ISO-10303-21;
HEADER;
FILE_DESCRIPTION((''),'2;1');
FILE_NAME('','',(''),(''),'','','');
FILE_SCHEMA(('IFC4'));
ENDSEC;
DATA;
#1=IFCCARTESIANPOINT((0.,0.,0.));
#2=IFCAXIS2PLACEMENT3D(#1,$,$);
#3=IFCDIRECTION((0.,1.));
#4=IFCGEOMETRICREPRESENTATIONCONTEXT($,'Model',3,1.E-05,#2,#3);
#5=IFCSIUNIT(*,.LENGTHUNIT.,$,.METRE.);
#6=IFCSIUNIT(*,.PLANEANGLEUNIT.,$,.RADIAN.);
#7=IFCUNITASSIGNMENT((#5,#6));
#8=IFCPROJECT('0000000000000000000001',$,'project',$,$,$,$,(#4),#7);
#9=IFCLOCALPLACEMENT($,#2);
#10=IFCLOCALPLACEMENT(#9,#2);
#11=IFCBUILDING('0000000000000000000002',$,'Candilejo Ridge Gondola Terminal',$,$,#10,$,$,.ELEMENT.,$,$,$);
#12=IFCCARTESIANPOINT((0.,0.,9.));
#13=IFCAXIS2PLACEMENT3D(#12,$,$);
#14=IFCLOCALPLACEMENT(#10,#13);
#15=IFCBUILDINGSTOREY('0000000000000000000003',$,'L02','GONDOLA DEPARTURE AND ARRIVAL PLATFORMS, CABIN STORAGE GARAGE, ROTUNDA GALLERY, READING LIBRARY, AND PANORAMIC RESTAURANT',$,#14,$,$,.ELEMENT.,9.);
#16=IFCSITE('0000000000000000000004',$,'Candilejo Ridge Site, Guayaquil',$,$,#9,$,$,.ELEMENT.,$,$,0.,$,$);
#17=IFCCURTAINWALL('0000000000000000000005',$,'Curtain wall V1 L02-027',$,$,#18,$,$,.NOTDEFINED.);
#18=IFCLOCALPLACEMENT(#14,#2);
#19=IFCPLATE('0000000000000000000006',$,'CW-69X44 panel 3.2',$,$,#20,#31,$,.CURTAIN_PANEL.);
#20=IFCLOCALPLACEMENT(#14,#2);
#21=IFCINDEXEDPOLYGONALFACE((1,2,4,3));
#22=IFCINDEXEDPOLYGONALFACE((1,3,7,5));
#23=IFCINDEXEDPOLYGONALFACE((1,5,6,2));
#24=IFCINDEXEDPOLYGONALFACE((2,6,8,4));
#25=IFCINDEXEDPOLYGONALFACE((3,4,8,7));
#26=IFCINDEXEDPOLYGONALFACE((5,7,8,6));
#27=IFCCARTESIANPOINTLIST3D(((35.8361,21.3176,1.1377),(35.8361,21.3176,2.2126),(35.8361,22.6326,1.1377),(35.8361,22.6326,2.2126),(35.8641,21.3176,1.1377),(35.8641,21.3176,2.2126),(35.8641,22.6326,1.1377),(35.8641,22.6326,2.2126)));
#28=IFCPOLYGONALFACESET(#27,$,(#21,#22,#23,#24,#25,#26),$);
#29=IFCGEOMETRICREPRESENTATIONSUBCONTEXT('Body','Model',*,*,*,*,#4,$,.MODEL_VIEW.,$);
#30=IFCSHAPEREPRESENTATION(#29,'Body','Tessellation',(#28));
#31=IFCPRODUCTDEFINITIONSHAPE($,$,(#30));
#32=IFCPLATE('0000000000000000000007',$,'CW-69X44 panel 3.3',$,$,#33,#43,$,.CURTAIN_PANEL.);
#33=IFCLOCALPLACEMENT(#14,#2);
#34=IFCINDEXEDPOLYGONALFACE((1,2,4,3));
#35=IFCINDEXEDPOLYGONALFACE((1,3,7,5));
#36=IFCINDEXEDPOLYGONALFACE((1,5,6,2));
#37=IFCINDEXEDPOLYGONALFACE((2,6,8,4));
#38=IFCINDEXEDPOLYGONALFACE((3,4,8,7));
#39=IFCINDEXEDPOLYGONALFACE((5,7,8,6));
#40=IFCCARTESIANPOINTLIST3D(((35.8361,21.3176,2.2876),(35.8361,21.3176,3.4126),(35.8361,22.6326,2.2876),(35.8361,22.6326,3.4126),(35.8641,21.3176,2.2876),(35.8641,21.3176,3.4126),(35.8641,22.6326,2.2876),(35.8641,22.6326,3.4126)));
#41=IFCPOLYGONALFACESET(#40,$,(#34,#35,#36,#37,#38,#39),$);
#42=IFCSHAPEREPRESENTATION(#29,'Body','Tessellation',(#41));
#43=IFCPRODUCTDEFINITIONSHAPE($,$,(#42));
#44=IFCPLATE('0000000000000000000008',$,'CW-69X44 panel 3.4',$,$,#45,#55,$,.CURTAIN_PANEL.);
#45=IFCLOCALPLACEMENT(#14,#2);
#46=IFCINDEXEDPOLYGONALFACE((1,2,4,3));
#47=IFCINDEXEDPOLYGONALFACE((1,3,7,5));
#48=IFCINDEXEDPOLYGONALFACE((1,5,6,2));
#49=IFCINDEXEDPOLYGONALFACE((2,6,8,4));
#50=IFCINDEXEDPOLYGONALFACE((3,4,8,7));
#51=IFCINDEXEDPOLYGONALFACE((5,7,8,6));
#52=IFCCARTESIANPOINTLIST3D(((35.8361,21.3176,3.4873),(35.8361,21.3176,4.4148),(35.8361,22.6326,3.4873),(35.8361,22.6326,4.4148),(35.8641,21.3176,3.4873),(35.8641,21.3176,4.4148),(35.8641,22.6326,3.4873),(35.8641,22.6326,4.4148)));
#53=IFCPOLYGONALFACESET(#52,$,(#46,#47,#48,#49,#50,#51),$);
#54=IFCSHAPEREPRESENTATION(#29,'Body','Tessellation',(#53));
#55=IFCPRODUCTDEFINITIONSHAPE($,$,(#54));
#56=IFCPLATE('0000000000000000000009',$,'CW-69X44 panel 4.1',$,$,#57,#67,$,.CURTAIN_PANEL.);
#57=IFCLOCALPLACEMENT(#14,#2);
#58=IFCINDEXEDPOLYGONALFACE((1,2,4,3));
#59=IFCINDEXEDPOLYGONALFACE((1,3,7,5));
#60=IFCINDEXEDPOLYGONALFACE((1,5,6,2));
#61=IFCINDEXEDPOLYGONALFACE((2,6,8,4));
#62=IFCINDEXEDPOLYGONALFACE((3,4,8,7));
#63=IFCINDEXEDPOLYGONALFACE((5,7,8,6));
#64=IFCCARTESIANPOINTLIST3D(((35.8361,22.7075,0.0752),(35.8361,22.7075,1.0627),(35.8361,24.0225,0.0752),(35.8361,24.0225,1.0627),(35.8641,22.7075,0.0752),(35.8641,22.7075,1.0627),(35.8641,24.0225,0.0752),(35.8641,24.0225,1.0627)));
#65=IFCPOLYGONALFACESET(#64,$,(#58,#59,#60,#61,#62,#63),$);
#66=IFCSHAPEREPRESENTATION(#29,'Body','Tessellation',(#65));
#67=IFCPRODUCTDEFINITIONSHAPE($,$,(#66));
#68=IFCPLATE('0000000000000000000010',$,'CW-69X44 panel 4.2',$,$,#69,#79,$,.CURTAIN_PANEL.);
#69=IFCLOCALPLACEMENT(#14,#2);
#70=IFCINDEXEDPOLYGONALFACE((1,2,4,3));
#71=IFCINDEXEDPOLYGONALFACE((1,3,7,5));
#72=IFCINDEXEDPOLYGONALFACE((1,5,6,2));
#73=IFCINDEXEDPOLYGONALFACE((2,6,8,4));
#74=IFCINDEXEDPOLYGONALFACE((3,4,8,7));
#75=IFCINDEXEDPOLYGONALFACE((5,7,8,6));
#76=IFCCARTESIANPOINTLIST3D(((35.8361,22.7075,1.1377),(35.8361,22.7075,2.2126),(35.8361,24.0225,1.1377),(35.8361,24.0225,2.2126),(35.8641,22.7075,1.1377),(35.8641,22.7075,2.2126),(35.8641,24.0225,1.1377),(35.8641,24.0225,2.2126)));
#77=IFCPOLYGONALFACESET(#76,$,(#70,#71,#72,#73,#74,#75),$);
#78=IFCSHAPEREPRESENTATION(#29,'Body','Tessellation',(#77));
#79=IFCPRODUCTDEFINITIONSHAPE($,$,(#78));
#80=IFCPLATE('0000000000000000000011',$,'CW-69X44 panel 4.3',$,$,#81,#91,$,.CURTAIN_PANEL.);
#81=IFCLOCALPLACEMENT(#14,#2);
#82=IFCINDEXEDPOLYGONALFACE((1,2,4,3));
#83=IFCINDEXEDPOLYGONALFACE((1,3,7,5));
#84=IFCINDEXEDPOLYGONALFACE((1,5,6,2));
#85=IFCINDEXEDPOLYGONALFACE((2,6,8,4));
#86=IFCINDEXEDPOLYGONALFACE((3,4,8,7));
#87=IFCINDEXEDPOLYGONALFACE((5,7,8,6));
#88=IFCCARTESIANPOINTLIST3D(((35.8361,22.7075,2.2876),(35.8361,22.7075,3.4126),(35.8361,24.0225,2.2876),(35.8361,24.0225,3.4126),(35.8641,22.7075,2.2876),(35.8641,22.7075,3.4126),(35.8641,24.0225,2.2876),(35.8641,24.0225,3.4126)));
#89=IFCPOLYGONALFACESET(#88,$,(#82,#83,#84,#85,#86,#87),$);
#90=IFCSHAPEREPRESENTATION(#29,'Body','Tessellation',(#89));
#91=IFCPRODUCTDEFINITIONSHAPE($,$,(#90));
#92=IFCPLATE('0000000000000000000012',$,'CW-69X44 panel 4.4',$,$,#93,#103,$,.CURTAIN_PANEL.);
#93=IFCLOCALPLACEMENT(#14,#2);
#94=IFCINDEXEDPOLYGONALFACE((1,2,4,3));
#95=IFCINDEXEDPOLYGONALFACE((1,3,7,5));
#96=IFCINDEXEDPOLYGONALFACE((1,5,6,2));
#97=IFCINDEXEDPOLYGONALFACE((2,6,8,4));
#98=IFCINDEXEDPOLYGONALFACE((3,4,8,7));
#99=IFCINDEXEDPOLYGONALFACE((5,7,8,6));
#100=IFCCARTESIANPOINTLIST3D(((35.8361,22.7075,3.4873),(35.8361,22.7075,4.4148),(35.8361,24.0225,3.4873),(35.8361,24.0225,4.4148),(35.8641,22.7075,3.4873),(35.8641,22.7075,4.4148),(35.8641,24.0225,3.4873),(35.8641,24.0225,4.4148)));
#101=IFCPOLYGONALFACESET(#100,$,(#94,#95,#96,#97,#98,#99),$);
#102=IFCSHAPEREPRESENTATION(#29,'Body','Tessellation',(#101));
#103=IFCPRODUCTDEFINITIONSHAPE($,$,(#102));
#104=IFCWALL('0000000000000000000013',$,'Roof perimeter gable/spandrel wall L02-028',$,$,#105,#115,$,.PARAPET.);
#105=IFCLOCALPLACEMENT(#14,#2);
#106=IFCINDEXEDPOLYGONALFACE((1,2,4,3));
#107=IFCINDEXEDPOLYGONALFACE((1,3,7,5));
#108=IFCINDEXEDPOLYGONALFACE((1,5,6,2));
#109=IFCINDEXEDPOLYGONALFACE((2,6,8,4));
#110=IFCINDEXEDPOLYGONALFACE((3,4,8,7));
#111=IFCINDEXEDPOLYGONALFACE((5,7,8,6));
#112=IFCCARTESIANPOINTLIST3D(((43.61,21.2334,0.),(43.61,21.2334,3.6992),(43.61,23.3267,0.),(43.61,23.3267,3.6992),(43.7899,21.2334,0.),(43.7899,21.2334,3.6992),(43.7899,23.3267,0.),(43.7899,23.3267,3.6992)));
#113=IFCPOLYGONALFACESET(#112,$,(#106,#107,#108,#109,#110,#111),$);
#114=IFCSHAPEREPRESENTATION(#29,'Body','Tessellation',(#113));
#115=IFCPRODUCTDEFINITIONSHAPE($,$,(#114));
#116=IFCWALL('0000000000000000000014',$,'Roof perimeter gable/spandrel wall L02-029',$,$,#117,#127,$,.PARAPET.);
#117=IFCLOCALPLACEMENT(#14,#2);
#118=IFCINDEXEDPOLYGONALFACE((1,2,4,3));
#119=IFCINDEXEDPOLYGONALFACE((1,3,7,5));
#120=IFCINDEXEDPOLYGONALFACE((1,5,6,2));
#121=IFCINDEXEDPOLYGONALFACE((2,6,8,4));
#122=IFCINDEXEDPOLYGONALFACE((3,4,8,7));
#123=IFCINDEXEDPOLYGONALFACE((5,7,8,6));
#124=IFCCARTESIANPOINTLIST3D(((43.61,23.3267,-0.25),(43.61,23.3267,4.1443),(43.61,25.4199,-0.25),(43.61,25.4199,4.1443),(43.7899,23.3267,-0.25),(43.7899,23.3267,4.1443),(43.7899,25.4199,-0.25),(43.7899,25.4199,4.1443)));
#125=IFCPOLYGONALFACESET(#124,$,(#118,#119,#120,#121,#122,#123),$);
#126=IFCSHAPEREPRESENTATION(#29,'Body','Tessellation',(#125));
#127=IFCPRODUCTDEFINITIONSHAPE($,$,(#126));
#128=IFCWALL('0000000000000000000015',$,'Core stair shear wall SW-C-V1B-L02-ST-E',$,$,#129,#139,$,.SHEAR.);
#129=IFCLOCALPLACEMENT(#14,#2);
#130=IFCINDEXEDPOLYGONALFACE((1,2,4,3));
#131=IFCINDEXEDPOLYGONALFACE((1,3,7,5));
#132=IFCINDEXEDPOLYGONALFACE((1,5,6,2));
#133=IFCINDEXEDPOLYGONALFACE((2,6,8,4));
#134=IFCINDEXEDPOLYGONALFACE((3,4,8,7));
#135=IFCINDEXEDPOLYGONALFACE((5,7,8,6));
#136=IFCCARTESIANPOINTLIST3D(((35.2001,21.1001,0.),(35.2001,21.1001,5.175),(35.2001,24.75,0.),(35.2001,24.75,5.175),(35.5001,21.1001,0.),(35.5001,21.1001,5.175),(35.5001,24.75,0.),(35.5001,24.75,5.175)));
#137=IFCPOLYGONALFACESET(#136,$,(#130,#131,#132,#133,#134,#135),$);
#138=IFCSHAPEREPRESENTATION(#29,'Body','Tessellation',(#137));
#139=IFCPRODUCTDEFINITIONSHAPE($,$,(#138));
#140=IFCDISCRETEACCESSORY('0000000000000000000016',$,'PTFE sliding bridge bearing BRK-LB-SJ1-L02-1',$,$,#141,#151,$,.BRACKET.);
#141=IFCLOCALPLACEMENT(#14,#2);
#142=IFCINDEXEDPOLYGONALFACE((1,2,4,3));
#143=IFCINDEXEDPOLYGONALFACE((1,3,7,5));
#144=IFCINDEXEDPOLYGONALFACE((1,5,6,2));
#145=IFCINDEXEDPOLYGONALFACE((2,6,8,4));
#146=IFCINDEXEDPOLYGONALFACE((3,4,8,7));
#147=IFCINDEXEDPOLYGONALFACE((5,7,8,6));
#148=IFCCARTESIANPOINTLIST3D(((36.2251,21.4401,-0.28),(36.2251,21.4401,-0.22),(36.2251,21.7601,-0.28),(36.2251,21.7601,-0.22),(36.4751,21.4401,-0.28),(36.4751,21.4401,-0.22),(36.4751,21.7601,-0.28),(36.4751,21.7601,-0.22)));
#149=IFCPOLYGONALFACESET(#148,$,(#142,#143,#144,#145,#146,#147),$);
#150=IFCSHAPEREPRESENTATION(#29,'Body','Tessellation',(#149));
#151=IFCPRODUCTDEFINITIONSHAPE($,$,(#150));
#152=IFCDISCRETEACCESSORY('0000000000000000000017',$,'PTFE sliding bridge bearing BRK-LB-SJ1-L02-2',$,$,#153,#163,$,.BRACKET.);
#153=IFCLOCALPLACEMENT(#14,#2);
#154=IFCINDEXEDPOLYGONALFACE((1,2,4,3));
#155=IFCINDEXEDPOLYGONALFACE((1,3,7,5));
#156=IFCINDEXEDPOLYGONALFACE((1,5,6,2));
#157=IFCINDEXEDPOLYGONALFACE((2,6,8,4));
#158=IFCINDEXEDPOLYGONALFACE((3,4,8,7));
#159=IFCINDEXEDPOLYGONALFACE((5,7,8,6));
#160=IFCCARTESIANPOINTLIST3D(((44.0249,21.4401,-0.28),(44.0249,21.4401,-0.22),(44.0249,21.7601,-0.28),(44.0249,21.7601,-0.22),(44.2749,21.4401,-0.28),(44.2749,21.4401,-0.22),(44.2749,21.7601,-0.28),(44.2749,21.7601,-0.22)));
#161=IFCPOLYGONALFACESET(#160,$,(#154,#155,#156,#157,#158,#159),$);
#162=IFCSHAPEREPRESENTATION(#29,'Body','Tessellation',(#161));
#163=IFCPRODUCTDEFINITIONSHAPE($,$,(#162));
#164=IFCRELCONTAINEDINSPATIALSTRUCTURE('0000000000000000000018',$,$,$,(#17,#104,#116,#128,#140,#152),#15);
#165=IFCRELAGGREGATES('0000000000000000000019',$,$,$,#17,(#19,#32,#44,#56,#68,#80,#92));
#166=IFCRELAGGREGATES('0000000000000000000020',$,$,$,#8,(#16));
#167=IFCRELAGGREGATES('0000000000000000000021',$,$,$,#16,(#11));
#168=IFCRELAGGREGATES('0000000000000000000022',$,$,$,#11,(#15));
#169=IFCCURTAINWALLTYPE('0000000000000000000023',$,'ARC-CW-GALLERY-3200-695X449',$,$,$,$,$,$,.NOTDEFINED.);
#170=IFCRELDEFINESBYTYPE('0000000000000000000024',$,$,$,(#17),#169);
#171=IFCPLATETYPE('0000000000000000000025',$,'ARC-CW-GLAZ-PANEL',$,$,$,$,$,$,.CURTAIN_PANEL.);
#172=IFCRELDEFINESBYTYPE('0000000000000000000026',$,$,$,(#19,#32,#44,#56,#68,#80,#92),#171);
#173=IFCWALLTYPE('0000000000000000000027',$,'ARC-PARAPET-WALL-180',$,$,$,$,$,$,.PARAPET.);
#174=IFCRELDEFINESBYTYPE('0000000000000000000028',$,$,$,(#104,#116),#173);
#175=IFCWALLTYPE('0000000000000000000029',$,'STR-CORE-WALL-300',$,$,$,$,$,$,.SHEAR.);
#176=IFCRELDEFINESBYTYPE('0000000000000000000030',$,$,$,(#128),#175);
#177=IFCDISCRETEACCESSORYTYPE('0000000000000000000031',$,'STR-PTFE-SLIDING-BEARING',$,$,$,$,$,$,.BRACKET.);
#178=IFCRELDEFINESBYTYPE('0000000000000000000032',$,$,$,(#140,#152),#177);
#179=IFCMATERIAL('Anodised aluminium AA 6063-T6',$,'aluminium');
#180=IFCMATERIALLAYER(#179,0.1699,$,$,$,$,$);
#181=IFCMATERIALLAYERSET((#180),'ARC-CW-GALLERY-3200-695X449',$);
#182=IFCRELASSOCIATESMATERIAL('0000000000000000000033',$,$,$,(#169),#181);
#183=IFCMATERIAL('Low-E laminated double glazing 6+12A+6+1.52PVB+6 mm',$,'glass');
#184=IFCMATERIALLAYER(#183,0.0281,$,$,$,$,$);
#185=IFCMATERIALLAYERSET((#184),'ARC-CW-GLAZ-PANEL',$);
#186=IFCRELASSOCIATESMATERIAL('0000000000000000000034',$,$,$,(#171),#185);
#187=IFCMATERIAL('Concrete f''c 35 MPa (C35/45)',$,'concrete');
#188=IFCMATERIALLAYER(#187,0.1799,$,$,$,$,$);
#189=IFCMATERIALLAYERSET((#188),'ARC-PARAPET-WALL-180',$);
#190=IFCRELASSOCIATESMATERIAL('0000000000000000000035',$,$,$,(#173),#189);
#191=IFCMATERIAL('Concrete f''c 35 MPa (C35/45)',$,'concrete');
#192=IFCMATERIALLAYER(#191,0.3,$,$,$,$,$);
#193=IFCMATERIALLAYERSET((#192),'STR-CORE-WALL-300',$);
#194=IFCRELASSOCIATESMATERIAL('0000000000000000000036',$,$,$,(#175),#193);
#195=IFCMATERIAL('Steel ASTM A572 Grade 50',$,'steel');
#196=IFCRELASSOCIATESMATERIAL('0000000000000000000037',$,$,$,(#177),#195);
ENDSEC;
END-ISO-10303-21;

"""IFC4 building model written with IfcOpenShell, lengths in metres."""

from ifc_helpers import new_model, si_unit, direction, frame, frame_2d, origin, origin_2d, place, context, subcontext, project, spatial, rectangle, extrude, material, layer, layer_set, type_object, element, aggregate, save


model = new_model("IFC4")

# Units and contexts
model_context = context("Model", 3, precision=1e-05, world=origin(), true_north=direction((0.0, 1.0)))
body_context = subcontext(model_context, "Body", "Model", "MODEL_VIEW")
ifc_project = project(units=[si_unit("LENGTHUNIT", "METRE"), si_unit("PLANEANGLEUNIT", "RADIAN")], contexts=[model_context])

# Site, building, storey
site_placement = place(None, origin())
site = spatial("IfcSite", under=ifc_project, at=site_placement, Name="Candilejo Ridge Site, Guayaquil", CompositionType="ELEMENT", RefElevation=0.0)
building_placement = place(site_placement, origin())
building = spatial("IfcBuilding", under=site, at=building_placement, Name="Candilejo Ridge Gondola Terminal", CompositionType="ELEMENT")
storey_placement = place(building_placement, frame((0.0, 0.0, 9.0)))
storey = spatial("IfcBuildingStorey", under=building, at=storey_placement, Name="L02", Description="GONDOLA DEPARTURE AND ARRIVAL PLATFORMS, CABIN STORAGE GARAGE, ROTUNDA GALLERY, READING LIBRARY, AND PANORAMIC RESTAURANT", CompositionType="ELEMENT", Elevation=9.0)

# Curtain wall, plates
ifc_material_1 = material(Name="Anodised aluminium AA 6063-T6", Category="aluminium")
ifc_layer_1 = layer(ifc_material_1, 0.1699)
ifc_layer_set_1 = layer_set([ifc_layer_1], Name="ARC-CW-GALLERY-3200-695X449")
curtain_wall_type = type_object("IfcCurtainWallType", Name="ARC-CW-GALLERY-3200-695X449", PredefinedType="NOTDEFINED", material=ifc_layer_set_1)
curtain_wall_placement = place(storey_placement, origin())
curtain_wall = element("IfcCurtainWall", 1, at=curtain_wall_placement, inside=storey, type_object=curtain_wall_type, Name="Curtain wall V1 L02-027", PredefinedType="NOTDEFINED")
ifc_material_2 = material(Name="Low-E laminated double glazing 6+12A+6+1.52PVB+6 mm", Category="glass")
ifc_layer_2 = layer(ifc_material_2, 0.0281)
ifc_layer_set_2 = layer_set([ifc_layer_2], Name="ARC-CW-GLAZ-PANEL")
plate_type = type_object("IfcPlateType", Name="ARC-CW-GLAZ-PANEL", PredefinedType="CURTAIN_PANEL", material=ifc_layer_set_2)
plate_1_placement = place(storey_placement, frame((35.8501, 21.9751, 1.1377), z_axis=(0.0, 0.0, 1.0), x_axis=(0.0, 1.0, 0.0)))
plate_1 = element("IfcPlate", 2, at=plate_1_placement, type_object=plate_type, Name="CW-69X44 panel 3.2", PredefinedType="CURTAIN_PANEL", context=body_context, shape_type="SweptSolid", body=[
    extrude(rectangle(XDim=1.3149, YDim=0.0281, at=origin_2d()), origin(), (0.0, 0.0, 1.0), 1.075),
])
plate_2_placement = place(storey_placement, frame((35.8501, 21.9751, 2.2876), z_axis=(0.0, 0.0, 1.0), x_axis=(0.0, 1.0, 0.0)))
plate_2 = element("IfcPlate", 3, at=plate_2_placement, type_object=plate_type, Name="CW-69X44 panel 3.3", PredefinedType="CURTAIN_PANEL", context=body_context, shape_type="SweptSolid", body=[
    extrude(rectangle(XDim=1.3149, YDim=0.0281, at=origin_2d()), origin(), (0.0, 0.0, 1.0), 1.125),
])
plate_3_placement = place(storey_placement, frame((35.8501, 21.9751, 3.4873), z_axis=(0.0, 0.0, 1.0), x_axis=(0.0, 1.0, 0.0)))
plate_3 = element("IfcPlate", 4, at=plate_3_placement, type_object=plate_type, Name="CW-69X44 panel 3.4", PredefinedType="CURTAIN_PANEL", context=body_context, shape_type="SweptSolid", body=[
    extrude(rectangle(XDim=1.3149, YDim=0.0281, at=origin_2d()), origin(), (0.0, 0.0, 1.0), 0.9275),
])
plate_4_placement = place(storey_placement, frame((35.8501, 23.365, 0.0752), z_axis=(0.0, 0.0, 1.0), x_axis=(0.0, 1.0, 0.0)))
plate_4 = element("IfcPlate", 5, at=plate_4_placement, type_object=plate_type, Name="CW-69X44 panel 4.1", PredefinedType="CURTAIN_PANEL", context=body_context, shape_type="SweptSolid", body=[
    extrude(rectangle(XDim=1.3149, YDim=0.0281, at=origin_2d()), origin(), (0.0, 0.0, 1.0), 0.9875),
])
plate_5_placement = place(storey_placement, frame((35.8501, 23.365, 1.1377), z_axis=(0.0, 0.0, 1.0), x_axis=(0.0, 1.0, 0.0)))
plate_5 = element("IfcPlate", 6, at=plate_5_placement, type_object=plate_type, Name="CW-69X44 panel 4.2", PredefinedType="CURTAIN_PANEL", context=body_context, shape_type="SweptSolid", body=[
    extrude(rectangle(XDim=1.3149, YDim=0.0281, at=origin_2d()), origin(), (0.0, 0.0, 1.0), 1.075),
])
plate_6_placement = place(storey_placement, frame((35.8501, 23.365, 2.2876), z_axis=(0.0, 0.0, 1.0), x_axis=(0.0, 1.0, 0.0)))
plate_6 = element("IfcPlate", 7, at=plate_6_placement, type_object=plate_type, Name="CW-69X44 panel 4.3", PredefinedType="CURTAIN_PANEL", context=body_context, shape_type="SweptSolid", body=[
    extrude(rectangle(XDim=1.3149, YDim=0.0281, at=origin_2d()), origin(), (0.0, 0.0, 1.0), 1.125),
])
plate_7_placement = place(storey_placement, frame((35.8501, 23.365, 3.4873), z_axis=(0.0, 0.0, 1.0), x_axis=(0.0, 1.0, 0.0)))
plate_7 = element("IfcPlate", 8, at=plate_7_placement, type_object=plate_type, Name="CW-69X44 panel 4.4", PredefinedType="CURTAIN_PANEL", context=body_context, shape_type="SweptSolid", body=[
    extrude(rectangle(XDim=1.3149, YDim=0.0281, at=origin_2d()), origin(), (0.0, 0.0, 1.0), 0.9275),
])
aggregate(curtain_wall, [plate_1, plate_2, plate_3, plate_4, plate_5, plate_6, plate_7])

# Walls
ifc_material_3 = material(Name="Concrete f'c 35 MPa (C35/45)", Category="concrete")
ifc_layer_3 = layer(ifc_material_3, 0.1799)
ifc_layer_set_3 = layer_set([ifc_layer_3], Name="ARC-PARAPET-WALL-180")
wall_type_1 = type_object("IfcWallType", Name="ARC-PARAPET-WALL-180", PredefinedType="PARAPET", material=ifc_layer_set_3)
wall_1_placement = place(storey_placement, frame((43.7, 21.2334, 0.0), z_axis=(0.0, 0.0, 1.0), x_axis=(0.0, 1.0, 0.0)))
element("IfcWall", 9, at=wall_1_placement, inside=storey, type_object=wall_type_1, Name="Roof perimeter gable/spandrel wall L02-028", PredefinedType="PARAPET", context=body_context, shape_type="SweptSolid", body=[
    extrude(rectangle(XDim=2.0933, YDim=0.1799, at=frame_2d((1.0466, 0.0))), origin(), (0.0, 0.0, 1.0), 3.6992),
])
wall_2_placement = place(storey_placement, frame((43.7, 23.3267, -0.25), z_axis=(0.0, 0.0, 1.0), x_axis=(0.0, 1.0, 0.0)))
element("IfcWall", 10, at=wall_2_placement, inside=storey, type_object=wall_type_1, Name="Roof perimeter gable/spandrel wall L02-029", PredefinedType="PARAPET", context=body_context, shape_type="SweptSolid", body=[
    extrude(rectangle(XDim=2.0933, YDim=0.1799, at=frame_2d((1.0466, 0.0))), origin(), (0.0, 0.0, 1.0), 4.3943),
])
ifc_material_4 = material(Name="Concrete f'c 35 MPa (C35/45)", Category="concrete")
ifc_layer_4 = layer(ifc_material_4, 0.3)
ifc_layer_set_4 = layer_set([ifc_layer_4], Name="STR-CORE-WALL-300")
wall_type_2 = type_object("IfcWallType", Name="STR-CORE-WALL-300", PredefinedType="SHEAR", material=ifc_layer_set_4)
wall_3_placement = place(storey_placement, frame((35.3501, 21.1001, 0.0), z_axis=(0.0, 0.0, 1.0), x_axis=(0.0, 1.0, 0.0)))
element("IfcWall", 11, at=wall_3_placement, inside=storey, type_object=wall_type_2, Name="Core stair shear wall SW-C-V1B-L02-ST-E", PredefinedType="SHEAR", context=body_context, shape_type="SweptSolid", body=[
    extrude(rectangle(XDim=3.6499, YDim=0.3, at=frame_2d((1.825, 0.0))), origin(), (0.0, 0.0, 1.0), 5.175),
])

# Discrete accessories
ifc_material_5 = material(Name="Steel ASTM A572 Grade 50", Category="steel")
discrete_accessory_type = type_object("IfcDiscreteAccessoryType", Name="STR-PTFE-SLIDING-BEARING", PredefinedType="BRACKET", material=ifc_material_5)
for number, where, name in (
    (12, (36.3501, 21.6001, -0.28), "PTFE sliding bridge bearing BRK-LB-SJ1-L02-1"),
    (13, (44.1499, 21.6001, -0.28), "PTFE sliding bridge bearing BRK-LB-SJ1-L02-2"),
):
    element("IfcDiscreteAccessory", number, at=place(storey_placement, frame(where)), inside=storey, type_object=discrete_accessory_type, Name=name, PredefinedType="BRACKET", context=body_context, shape_type="SweptSolid", body=[
        extrude(rectangle(XDim=0.25, YDim=0.3201, at=origin_2d()), origin(), (0.0, 0.0, 1.0), 0.0601),
    ])

save(model, "model.ifc")
